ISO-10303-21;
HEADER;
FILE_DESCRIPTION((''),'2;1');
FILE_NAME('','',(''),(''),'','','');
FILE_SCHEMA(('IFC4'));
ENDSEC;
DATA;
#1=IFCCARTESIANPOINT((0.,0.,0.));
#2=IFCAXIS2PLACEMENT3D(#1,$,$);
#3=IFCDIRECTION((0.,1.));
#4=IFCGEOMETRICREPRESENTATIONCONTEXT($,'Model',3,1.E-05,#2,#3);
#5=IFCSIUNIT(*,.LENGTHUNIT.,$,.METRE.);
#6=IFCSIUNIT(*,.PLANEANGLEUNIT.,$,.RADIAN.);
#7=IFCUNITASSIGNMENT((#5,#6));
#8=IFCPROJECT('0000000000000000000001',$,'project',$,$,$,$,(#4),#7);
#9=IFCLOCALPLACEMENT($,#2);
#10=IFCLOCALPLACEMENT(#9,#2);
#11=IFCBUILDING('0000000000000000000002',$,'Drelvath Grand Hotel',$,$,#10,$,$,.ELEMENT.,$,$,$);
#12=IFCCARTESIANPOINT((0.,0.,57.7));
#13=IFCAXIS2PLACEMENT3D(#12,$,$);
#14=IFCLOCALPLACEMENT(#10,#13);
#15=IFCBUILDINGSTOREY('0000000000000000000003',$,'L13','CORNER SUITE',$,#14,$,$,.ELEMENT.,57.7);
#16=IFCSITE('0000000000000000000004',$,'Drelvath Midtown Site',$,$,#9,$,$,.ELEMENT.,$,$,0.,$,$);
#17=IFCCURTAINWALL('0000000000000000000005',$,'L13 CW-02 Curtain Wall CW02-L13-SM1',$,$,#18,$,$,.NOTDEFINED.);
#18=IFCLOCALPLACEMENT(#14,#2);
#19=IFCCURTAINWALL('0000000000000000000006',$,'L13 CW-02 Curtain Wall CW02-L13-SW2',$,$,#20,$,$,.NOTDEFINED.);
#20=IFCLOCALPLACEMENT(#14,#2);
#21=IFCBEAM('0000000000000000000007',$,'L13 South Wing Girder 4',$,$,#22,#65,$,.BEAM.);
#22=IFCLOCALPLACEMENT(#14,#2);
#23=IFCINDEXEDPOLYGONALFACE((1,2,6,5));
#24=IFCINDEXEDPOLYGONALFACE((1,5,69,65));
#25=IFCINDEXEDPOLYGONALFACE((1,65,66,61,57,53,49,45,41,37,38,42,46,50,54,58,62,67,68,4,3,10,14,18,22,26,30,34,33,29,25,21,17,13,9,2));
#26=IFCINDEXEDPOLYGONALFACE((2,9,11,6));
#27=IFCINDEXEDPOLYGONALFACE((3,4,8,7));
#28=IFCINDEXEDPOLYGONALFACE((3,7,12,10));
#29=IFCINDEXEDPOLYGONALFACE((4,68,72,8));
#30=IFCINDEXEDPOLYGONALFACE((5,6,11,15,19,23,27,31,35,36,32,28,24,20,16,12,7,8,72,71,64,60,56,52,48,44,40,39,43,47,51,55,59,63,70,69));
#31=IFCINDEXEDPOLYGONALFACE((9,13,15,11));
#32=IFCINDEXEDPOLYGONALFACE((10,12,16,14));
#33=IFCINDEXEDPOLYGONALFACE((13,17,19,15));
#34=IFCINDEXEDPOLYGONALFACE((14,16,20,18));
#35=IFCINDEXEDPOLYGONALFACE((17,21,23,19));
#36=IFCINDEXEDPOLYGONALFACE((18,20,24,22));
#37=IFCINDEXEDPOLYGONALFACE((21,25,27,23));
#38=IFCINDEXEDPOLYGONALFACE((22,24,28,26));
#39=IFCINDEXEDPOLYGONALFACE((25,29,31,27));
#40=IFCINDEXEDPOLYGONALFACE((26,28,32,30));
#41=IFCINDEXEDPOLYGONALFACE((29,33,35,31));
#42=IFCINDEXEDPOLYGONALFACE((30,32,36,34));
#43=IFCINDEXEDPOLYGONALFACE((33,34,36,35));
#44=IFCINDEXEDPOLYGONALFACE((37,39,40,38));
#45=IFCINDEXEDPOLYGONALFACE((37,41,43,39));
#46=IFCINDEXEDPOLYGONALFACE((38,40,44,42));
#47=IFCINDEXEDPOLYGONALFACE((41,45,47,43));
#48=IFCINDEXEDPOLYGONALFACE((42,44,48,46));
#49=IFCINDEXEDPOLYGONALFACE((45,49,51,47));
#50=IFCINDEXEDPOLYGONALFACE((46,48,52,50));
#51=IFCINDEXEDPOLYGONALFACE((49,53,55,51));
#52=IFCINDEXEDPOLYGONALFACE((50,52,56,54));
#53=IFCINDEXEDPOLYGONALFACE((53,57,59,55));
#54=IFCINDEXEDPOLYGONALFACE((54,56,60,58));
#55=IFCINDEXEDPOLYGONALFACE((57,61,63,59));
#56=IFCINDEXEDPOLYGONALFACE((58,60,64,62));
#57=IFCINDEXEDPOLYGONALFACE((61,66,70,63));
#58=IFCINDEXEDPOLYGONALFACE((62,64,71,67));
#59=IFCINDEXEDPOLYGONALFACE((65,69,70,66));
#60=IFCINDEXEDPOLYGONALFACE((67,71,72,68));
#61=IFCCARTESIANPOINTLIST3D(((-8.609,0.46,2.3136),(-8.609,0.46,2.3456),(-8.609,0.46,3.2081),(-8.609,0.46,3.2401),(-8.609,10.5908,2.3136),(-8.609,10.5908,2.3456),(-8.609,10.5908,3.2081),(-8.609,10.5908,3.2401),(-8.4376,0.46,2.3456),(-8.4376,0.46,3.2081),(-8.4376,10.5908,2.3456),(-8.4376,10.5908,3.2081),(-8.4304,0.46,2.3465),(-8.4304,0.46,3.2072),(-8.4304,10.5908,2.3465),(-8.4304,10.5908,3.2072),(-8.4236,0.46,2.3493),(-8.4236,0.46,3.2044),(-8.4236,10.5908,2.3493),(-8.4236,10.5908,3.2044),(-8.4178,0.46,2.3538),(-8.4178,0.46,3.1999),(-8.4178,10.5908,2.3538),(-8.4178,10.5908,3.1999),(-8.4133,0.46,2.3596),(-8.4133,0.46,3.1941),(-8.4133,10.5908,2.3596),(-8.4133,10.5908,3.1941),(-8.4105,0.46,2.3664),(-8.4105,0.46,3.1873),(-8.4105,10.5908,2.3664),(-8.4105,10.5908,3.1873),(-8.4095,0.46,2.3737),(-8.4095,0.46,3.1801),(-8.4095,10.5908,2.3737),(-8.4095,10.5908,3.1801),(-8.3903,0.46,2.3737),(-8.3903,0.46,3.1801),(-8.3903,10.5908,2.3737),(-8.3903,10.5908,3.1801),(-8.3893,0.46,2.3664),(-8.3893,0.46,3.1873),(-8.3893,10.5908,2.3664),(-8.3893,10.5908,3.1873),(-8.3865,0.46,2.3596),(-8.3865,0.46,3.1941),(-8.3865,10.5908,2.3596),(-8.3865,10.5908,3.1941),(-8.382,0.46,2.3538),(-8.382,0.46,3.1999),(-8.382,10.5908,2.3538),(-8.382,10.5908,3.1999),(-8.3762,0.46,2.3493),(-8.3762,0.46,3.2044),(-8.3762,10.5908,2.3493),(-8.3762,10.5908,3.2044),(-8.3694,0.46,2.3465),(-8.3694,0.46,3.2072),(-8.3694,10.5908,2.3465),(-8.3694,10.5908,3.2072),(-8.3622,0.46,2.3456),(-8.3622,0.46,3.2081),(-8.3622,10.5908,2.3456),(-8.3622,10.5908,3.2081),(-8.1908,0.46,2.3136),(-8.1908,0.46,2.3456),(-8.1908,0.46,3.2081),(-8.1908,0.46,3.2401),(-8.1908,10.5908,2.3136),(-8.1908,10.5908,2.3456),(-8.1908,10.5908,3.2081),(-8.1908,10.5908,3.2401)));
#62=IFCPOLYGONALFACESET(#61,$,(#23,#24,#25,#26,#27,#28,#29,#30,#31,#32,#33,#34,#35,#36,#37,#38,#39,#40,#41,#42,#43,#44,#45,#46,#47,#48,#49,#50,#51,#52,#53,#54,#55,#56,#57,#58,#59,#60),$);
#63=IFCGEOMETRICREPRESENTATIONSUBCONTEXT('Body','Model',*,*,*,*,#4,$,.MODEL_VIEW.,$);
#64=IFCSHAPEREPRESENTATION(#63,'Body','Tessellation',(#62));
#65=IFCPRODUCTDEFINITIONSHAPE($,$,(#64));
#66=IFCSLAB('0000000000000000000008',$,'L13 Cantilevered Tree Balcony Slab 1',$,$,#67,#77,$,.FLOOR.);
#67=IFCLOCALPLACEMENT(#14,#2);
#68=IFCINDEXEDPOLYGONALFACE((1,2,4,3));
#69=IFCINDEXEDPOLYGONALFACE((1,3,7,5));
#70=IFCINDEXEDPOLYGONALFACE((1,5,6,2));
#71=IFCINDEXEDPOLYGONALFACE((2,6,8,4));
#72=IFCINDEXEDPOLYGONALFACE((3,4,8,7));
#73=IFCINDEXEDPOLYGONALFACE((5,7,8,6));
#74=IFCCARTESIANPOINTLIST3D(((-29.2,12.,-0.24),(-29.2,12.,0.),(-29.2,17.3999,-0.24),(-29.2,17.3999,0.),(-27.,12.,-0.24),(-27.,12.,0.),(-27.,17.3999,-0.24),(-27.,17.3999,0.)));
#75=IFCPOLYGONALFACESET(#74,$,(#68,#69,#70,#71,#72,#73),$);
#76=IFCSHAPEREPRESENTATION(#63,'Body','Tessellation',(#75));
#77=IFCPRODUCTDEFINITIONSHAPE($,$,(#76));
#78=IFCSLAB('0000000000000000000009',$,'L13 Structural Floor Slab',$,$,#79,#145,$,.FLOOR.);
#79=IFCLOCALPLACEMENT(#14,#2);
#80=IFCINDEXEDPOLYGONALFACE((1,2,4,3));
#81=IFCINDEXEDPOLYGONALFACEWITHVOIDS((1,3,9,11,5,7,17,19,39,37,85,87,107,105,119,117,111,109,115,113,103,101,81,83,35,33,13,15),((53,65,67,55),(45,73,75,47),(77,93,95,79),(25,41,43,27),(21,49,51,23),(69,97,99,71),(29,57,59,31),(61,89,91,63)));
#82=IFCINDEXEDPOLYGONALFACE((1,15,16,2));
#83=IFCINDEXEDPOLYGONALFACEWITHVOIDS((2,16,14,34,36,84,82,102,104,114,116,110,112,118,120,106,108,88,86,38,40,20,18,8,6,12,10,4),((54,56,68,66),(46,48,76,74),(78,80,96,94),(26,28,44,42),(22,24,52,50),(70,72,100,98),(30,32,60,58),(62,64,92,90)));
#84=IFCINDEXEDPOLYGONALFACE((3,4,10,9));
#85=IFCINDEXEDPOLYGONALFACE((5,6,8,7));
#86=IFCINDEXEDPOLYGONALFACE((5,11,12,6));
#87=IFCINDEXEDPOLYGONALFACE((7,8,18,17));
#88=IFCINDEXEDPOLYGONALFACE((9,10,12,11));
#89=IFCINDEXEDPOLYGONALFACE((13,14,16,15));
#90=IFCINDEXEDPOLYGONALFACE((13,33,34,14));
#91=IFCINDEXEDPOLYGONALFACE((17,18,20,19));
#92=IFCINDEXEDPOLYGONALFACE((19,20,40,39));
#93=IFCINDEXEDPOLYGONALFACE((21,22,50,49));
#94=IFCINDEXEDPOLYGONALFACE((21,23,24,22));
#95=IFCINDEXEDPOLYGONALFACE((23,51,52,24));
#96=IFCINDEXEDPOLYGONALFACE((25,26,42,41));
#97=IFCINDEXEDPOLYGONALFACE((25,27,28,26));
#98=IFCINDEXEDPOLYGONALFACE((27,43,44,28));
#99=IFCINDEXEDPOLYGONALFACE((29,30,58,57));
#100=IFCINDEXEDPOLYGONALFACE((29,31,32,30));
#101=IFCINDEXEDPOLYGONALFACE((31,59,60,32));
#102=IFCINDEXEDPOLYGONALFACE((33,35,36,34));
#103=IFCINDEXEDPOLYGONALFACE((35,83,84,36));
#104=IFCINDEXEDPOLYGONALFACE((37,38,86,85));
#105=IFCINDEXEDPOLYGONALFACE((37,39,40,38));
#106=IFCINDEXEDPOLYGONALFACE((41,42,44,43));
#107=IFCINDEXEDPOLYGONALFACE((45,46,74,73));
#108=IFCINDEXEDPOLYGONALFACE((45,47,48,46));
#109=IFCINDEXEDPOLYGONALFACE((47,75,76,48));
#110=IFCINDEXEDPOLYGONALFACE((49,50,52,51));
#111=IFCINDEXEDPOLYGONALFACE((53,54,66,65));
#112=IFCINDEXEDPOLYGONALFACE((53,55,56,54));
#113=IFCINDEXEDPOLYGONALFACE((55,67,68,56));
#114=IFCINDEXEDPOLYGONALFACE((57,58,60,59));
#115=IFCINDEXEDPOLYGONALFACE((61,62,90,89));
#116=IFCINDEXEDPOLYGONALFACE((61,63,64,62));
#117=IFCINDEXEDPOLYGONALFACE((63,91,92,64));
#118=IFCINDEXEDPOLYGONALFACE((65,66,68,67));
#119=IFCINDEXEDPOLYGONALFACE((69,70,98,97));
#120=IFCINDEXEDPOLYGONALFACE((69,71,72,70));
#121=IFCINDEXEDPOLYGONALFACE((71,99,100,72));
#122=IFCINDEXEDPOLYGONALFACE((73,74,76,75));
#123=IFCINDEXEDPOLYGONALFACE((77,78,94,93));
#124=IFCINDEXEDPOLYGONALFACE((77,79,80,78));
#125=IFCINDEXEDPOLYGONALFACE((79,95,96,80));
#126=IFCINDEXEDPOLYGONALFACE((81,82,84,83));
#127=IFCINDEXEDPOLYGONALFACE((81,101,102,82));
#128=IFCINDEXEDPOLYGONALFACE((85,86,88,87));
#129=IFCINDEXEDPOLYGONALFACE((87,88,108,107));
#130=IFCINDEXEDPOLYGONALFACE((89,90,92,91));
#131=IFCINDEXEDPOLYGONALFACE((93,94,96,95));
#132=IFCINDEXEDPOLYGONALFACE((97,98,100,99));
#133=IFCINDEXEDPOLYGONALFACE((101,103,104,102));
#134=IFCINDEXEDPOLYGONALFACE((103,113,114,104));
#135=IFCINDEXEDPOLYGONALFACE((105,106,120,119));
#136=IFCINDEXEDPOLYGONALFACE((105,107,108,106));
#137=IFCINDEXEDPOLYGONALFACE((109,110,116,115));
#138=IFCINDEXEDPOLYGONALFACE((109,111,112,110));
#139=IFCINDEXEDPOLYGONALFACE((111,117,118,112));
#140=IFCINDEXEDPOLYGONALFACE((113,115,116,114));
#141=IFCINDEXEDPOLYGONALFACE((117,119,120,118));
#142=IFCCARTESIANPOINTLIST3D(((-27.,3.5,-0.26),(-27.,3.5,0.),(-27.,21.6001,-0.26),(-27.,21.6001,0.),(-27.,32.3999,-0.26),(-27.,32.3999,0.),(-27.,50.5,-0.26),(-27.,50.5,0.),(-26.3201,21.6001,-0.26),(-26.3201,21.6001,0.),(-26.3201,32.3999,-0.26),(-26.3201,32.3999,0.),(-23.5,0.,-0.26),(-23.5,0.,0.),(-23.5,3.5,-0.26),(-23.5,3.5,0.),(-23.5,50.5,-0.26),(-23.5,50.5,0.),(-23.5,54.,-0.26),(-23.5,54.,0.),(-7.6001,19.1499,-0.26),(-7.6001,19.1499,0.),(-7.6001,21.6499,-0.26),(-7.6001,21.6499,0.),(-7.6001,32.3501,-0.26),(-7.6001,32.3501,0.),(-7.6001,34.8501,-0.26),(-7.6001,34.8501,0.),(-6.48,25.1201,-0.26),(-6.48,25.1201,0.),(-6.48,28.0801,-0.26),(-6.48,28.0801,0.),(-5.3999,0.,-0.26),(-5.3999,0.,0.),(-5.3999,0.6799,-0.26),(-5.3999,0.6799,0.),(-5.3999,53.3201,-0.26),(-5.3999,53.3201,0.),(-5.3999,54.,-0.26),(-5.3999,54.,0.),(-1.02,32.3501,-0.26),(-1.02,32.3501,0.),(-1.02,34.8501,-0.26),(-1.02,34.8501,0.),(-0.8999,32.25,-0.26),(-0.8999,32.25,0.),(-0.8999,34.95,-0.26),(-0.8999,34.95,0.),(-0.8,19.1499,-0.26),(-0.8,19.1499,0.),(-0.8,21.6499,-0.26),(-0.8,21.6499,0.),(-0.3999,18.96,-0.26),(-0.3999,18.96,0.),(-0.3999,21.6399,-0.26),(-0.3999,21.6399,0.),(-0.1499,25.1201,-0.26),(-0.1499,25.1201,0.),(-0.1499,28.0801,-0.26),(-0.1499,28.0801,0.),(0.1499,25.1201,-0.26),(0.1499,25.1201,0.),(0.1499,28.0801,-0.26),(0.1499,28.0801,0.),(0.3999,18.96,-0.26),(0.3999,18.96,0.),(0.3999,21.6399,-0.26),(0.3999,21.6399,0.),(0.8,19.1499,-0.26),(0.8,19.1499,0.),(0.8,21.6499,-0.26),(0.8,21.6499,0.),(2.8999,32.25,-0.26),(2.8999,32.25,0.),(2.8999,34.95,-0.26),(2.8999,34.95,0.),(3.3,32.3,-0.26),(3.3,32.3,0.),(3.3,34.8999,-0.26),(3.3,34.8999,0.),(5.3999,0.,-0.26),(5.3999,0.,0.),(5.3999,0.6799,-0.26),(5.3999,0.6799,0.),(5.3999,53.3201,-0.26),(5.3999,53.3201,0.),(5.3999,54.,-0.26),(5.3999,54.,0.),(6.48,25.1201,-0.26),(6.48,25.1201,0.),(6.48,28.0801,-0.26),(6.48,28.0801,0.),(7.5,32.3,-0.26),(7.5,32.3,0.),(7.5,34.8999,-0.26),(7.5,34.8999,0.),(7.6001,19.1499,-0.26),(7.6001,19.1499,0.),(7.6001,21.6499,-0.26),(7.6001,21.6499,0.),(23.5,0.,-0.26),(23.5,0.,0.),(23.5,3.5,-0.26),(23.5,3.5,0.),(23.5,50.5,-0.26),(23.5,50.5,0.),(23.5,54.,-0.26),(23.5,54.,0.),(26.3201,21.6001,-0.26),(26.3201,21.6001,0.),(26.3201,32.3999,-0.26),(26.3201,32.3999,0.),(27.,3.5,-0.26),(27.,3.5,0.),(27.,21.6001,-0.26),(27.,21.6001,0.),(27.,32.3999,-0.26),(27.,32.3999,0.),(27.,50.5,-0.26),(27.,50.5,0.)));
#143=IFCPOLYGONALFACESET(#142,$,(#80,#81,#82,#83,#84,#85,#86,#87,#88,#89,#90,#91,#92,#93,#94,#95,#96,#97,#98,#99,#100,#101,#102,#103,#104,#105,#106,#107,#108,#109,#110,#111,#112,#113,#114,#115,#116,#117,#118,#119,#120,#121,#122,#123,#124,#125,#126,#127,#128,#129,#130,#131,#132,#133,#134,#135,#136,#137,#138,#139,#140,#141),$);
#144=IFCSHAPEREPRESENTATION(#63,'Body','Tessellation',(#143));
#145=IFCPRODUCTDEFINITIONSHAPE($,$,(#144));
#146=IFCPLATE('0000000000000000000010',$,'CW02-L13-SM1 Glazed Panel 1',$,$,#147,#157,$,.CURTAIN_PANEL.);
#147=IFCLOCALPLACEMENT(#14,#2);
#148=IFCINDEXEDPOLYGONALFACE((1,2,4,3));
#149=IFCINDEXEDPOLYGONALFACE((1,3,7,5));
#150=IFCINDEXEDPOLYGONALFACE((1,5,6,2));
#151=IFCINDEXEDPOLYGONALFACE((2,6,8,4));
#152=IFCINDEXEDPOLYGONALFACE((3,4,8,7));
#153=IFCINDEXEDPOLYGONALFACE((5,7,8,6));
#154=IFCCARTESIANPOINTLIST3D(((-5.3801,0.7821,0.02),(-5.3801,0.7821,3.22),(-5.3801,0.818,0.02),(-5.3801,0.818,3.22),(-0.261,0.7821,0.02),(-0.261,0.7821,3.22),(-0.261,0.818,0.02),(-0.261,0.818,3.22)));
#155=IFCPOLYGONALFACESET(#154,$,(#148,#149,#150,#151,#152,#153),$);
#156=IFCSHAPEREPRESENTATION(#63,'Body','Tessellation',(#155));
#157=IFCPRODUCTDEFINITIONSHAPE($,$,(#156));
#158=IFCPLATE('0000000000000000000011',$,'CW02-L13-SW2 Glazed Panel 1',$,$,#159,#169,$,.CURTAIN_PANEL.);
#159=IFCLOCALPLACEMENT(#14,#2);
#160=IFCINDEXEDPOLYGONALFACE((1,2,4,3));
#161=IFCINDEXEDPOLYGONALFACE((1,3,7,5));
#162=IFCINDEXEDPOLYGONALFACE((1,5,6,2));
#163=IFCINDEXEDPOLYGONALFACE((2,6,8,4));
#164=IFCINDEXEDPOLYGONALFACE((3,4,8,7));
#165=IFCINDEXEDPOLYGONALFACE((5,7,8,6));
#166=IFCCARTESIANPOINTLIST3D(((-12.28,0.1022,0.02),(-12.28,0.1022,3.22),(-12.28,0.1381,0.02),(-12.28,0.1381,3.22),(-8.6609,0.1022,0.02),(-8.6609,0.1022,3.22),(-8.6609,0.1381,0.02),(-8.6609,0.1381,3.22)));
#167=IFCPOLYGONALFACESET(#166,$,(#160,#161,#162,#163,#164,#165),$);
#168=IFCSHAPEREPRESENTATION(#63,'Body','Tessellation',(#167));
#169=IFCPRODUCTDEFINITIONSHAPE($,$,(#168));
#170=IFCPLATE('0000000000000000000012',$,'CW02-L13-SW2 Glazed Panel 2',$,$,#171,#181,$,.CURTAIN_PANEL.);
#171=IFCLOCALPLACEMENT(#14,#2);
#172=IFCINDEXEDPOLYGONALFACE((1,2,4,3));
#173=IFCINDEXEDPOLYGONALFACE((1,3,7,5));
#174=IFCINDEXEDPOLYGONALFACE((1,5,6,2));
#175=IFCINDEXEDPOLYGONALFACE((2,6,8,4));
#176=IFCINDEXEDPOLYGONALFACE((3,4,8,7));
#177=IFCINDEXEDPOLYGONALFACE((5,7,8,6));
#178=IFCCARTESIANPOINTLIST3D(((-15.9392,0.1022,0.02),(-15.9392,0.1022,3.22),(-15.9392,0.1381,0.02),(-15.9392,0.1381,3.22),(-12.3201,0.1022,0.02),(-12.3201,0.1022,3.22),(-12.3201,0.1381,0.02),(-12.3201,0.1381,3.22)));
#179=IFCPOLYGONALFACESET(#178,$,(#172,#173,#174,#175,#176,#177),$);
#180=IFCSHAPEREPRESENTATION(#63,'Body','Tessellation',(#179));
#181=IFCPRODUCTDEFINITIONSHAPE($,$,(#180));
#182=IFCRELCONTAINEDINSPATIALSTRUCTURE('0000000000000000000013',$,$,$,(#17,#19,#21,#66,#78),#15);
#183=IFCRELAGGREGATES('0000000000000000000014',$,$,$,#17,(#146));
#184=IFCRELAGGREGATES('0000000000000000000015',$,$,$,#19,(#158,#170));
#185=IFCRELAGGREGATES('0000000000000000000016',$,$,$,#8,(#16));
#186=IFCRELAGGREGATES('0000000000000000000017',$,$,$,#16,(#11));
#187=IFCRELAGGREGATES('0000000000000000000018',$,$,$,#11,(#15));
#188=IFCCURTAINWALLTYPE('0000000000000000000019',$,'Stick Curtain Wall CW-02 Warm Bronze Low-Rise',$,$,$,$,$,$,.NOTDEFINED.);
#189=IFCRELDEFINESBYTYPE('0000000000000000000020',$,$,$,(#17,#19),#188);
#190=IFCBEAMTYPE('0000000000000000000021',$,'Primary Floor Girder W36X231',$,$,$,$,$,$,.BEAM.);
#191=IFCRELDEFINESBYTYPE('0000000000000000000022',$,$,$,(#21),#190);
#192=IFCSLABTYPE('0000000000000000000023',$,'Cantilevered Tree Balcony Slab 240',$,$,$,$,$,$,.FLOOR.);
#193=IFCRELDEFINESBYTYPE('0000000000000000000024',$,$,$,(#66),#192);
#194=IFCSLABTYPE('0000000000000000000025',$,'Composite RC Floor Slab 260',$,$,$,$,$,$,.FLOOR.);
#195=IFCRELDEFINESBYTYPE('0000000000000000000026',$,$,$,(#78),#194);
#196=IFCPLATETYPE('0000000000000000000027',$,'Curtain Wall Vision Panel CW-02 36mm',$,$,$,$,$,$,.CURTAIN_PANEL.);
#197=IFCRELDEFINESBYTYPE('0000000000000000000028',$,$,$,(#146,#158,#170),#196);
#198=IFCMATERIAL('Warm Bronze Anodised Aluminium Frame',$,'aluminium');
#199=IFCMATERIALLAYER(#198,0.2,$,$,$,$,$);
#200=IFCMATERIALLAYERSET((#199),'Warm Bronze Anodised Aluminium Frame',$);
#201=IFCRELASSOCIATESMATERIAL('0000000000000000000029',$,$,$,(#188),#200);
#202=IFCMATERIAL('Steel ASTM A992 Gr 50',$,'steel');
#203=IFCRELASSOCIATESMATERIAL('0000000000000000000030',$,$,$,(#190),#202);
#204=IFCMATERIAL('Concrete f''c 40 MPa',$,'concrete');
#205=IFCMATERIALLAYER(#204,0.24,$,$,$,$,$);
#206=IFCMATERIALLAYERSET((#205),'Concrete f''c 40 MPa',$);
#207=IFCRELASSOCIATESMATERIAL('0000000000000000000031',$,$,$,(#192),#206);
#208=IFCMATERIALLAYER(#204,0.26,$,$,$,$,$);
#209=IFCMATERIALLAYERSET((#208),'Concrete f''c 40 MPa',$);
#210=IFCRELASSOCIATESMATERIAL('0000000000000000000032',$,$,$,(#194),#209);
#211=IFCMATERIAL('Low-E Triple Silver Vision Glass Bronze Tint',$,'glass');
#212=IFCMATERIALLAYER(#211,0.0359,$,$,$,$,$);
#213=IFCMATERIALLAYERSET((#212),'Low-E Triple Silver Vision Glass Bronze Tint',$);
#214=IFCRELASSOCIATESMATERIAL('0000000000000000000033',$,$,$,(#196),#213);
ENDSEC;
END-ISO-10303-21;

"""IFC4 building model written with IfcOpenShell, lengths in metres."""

from ifc_helpers import new_model, si_unit, direction, frame, origin, origin_2d, place, context, subcontext, project, spatial, polyline, rectangle, i_section, outline, extrude, material, layer, layer_set, material_profile, profile_set, type_object, element, aggregate, save


model = new_model("IFC4")

# Units and contexts
model_context = context("Model", 3, precision=1e-05, world=origin(), true_north=direction((0.0, 1.0)))
body_context = subcontext(model_context, "Body", "Model", "MODEL_VIEW")
ifc_project = project(units=[si_unit("LENGTHUNIT", "METRE"), si_unit("PLANEANGLEUNIT", "RADIAN")], contexts=[model_context])

# Site, building, storey
site_placement = place(None, origin())
site = spatial("IfcSite", under=ifc_project, at=site_placement, Name="Drelvath Midtown Site", CompositionType="ELEMENT", RefElevation=0.0)
building_placement = place(site_placement, origin())
building = spatial("IfcBuilding", under=site, at=building_placement, Name="Drelvath Grand Hotel", CompositionType="ELEMENT")
storey_placement = place(building_placement, frame((0.0, 0.0, 57.7)))
storey = spatial("IfcBuildingStorey", under=building, at=storey_placement, Name="L13", Description="CORNER SUITE", CompositionType="ELEMENT", Elevation=57.7)

# Shared definitions
ifc_material_1 = material(Name="Steel ASTM A992 Gr 50", Category="steel")

# Curtain walls
ifc_material_2 = material(Name="Warm Bronze Anodised Aluminium Frame", Category="aluminium")
ifc_layer_1 = layer(ifc_material_2, 0.2)
ifc_layer_set_1 = layer_set([ifc_layer_1], Name="Warm Bronze Anodised Aluminium Frame")
curtain_wall_type = type_object("IfcCurtainWallType", Name="Stick Curtain Wall CW-02 Warm Bronze Low-Rise", PredefinedType="NOTDEFINED", material=ifc_layer_set_1)
curtain_wall_1_placement = place(storey_placement, origin())
curtain_wall_1 = element("IfcCurtainWall", 1, at=curtain_wall_1_placement, inside=storey, type_object=curtain_wall_type, Name="L13 CW-02 Curtain Wall CW02-L13-SM1", PredefinedType="NOTDEFINED")
curtain_wall_2_placement = place(storey_placement, origin())
curtain_wall_2 = element("IfcCurtainWall", 2, at=curtain_wall_2_placement, inside=storey, type_object=curtain_wall_type, Name="L13 CW-02 Curtain Wall CW02-L13-SW2", PredefinedType="NOTDEFINED")

# Beam
ifc_material_profile_1 = material_profile(ifc_material_1, i_section(OverallWidth=0.4182, OverallDepth=0.9265, WebThickness=0.0193, FlangeThickness=0.032, FilletRadius=0.0281, at=origin_2d()), Name="W36X231")
ifc_profile_set_1 = profile_set([ifc_material_profile_1], Name="Steel ASTM A992 Gr 50")
beam_type_1 = type_object("IfcBeamType", Name="Primary Floor Girder W36X231", PredefinedType="BEAM", material=ifc_profile_set_1)
beam_1_placement = place(storey_placement, frame((-8.3999, 0.46, 2.7769), z_axis=(0.0, 1.0, 0.0), x_axis=(-1.0, 0.0, 0.0)))
element("IfcBeam", 3, at=beam_1_placement, inside=storey, type_object=beam_type_1, Name="L13 South Wing Girder 4", PredefinedType="BEAM", context=body_context, shape_type="SweptSolid", body=[
    extrude(i_section(OverallWidth=0.4182, OverallDepth=0.9265, WebThickness=0.0193, FlangeThickness=0.032, FilletRadius=0.0281, at=origin_2d()), origin(), (0.0, 0.0, 1.0), 10.1309),
])

# Slabs
ifc_material_3 = material(Name="Concrete f'c 40 MPa", Category="concrete")
ifc_layer_2 = layer(ifc_material_3, 0.24)
ifc_layer_set_2 = layer_set([ifc_layer_2], Name="Concrete f'c 40 MPa")
slab_type_1 = type_object("IfcSlabType", Name="Cantilevered Tree Balcony Slab 240", PredefinedType="FLOOR", material=ifc_layer_set_2)
slab_1_placement = place(storey_placement, frame((0.0, 0.0, -0.24)))
element("IfcSlab", 4, at=slab_1_placement, inside=storey, type_object=slab_type_1, Name="L13 Cantilevered Tree Balcony Slab 1", PredefinedType="FLOOR", context=body_context, shape_type="SweptSolid", body=[
    extrude(outline(polyline([(-29.2, 12.0), (-27.0, 12.0), (-27.0, 17.3999), (-29.2, 17.3999), (-29.2, 12.0)])), origin(), (0.0, 0.0, 1.0), 0.24),
])
ifc_layer_3 = layer(ifc_material_3, 0.26)
ifc_layer_set_3 = layer_set([ifc_layer_3], Name="Concrete f'c 40 MPa")
slab_type_2 = type_object("IfcSlabType", Name="Composite RC Floor Slab 260", PredefinedType="FLOOR", material=ifc_layer_set_3)
slab_2_placement = place(storey_placement, frame((0.0, 0.0, -0.26)))
element("IfcSlab", 5, at=slab_2_placement, inside=storey, type_object=slab_type_2, Name="L13 Structural Floor Slab", PredefinedType="FLOOR", context=body_context, shape_type="SweptSolid", body=[
    extrude(outline(polyline([(-23.5, 0.0), (-5.3999, 0.0), (-5.3999, 0.6799), (5.3999, 0.6799), (5.3999, 0.0), (23.5, 0.0), (23.5, 3.5), (27.0, 3.5), (27.0, 21.6001), (26.3201, 21.6001), (26.3201, 32.3999), (27.0, 32.3999), (27.0, 50.5), (23.5, 50.5), (23.5, 54.0), (5.3999, 54.0), (5.3999, 53.3201), (-5.3999, 53.3201), (-5.3999, 54.0), (-23.5, 54.0), (-23.5, 50.5), (-27.0, 50.5), (-27.0, 32.3999), (-26.3201, 32.3999), (-26.3201, 21.6001), (-27.0, 21.6001), (-27.0, 3.5), (-23.5, 3.5), (-23.5, 0.0)]), holes=[polyline([(-6.48, 25.1201), (-6.48, 28.0801), (-0.1499, 28.0801), (-0.1499, 25.1201), (-6.48, 25.1201)]), polyline([(0.1499, 25.1201), (0.1499, 28.0801), (6.48, 28.0801), (6.48, 25.1201), (0.1499, 25.1201)]), polyline([(-7.6001, 19.1499), (-7.6001, 21.6499), (-0.8, 21.6499), (-0.8, 19.1499), (-7.6001, 19.1499)]), polyline([(-0.3999, 18.96), (-0.3999, 21.6399), (0.3999, 21.6399), (0.3999, 18.96), (-0.3999, 18.96)]), polyline([(0.8, 19.1499), (0.8, 21.6499), (7.6001, 21.6499), (7.6001, 19.1499), (0.8, 19.1499)]), polyline([(-7.6001, 32.3501), (-7.6001, 34.8501), (-1.02, 34.8501), (-1.02, 32.3501), (-7.6001, 32.3501)]), polyline([(-0.8999, 32.25), (-0.8999, 34.95), (2.8999, 34.95), (2.8999, 32.25), (-0.8999, 32.25)]), polyline([(3.3, 32.3), (3.3, 34.8999), (7.5, 34.8999), (7.5, 32.3), (3.3, 32.3)])]), origin(), (0.0, 0.0, 1.0), 0.26),
])

# Plates
ifc_material_4 = material(Name="Low-E Triple Silver Vision Glass Bronze Tint", Category="glass")
ifc_layer_4 = layer(ifc_material_4, 0.0359)
ifc_layer_set_4 = layer_set([ifc_layer_4], Name="Low-E Triple Silver Vision Glass Bronze Tint")
plate_type = type_object("IfcPlateType", Name="Curtain Wall Vision Panel CW-02 36mm", PredefinedType="CURTAIN_PANEL", material=ifc_layer_set_4)
plate_1_placement = place(storey_placement, frame((-2.8206, 0.8, 0.02), z_axis=(0.0, 0.0, 1.0), x_axis=(-1.0, 0.0, 0.0)))
plate_1 = element("IfcPlate", 6, at=plate_1_placement, type_object=plate_type, Name="CW02-L13-SM1 Glazed Panel 1", PredefinedType="CURTAIN_PANEL", context=body_context, shape_type="SweptSolid", body=[
    extrude(rectangle(XDim=5.1191, YDim=0.0359, at=origin_2d()), origin(), (0.0, 0.0, 1.0), 3.2),
])
aggregate(curtain_wall_1, [plate_1])
plate_2_placement = place(storey_placement, frame((-10.4705, 0.1201, 0.02), z_axis=(0.0, 0.0, 1.0), x_axis=(-1.0, 0.0, 0.0)))
plate_2 = element("IfcPlate", 7, at=plate_2_placement, type_object=plate_type, Name="CW02-L13-SW2 Glazed Panel 1", PredefinedType="CURTAIN_PANEL", context=body_context, shape_type="SweptSolid", body=[
    extrude(rectangle(XDim=3.6191, YDim=0.0359, at=origin_2d()), origin(), (0.0, 0.0, 1.0), 3.2),
])
plate_3_placement = place(storey_placement, frame((-14.1296, 0.1201, 0.02), z_axis=(0.0, 0.0, 1.0), x_axis=(-1.0, 0.0, 0.0)))
plate_3 = element("IfcPlate", 8, at=plate_3_placement, type_object=plate_type, Name="CW02-L13-SW2 Glazed Panel 2", PredefinedType="CURTAIN_PANEL", context=body_context, shape_type="SweptSolid", body=[
    extrude(rectangle(XDim=3.6191, YDim=0.0359, at=origin_2d()), origin(), (0.0, 0.0, 1.0), 3.2),
])
aggregate(curtain_wall_2, [plate_2, plate_3])

save(model, "model.ifc")
